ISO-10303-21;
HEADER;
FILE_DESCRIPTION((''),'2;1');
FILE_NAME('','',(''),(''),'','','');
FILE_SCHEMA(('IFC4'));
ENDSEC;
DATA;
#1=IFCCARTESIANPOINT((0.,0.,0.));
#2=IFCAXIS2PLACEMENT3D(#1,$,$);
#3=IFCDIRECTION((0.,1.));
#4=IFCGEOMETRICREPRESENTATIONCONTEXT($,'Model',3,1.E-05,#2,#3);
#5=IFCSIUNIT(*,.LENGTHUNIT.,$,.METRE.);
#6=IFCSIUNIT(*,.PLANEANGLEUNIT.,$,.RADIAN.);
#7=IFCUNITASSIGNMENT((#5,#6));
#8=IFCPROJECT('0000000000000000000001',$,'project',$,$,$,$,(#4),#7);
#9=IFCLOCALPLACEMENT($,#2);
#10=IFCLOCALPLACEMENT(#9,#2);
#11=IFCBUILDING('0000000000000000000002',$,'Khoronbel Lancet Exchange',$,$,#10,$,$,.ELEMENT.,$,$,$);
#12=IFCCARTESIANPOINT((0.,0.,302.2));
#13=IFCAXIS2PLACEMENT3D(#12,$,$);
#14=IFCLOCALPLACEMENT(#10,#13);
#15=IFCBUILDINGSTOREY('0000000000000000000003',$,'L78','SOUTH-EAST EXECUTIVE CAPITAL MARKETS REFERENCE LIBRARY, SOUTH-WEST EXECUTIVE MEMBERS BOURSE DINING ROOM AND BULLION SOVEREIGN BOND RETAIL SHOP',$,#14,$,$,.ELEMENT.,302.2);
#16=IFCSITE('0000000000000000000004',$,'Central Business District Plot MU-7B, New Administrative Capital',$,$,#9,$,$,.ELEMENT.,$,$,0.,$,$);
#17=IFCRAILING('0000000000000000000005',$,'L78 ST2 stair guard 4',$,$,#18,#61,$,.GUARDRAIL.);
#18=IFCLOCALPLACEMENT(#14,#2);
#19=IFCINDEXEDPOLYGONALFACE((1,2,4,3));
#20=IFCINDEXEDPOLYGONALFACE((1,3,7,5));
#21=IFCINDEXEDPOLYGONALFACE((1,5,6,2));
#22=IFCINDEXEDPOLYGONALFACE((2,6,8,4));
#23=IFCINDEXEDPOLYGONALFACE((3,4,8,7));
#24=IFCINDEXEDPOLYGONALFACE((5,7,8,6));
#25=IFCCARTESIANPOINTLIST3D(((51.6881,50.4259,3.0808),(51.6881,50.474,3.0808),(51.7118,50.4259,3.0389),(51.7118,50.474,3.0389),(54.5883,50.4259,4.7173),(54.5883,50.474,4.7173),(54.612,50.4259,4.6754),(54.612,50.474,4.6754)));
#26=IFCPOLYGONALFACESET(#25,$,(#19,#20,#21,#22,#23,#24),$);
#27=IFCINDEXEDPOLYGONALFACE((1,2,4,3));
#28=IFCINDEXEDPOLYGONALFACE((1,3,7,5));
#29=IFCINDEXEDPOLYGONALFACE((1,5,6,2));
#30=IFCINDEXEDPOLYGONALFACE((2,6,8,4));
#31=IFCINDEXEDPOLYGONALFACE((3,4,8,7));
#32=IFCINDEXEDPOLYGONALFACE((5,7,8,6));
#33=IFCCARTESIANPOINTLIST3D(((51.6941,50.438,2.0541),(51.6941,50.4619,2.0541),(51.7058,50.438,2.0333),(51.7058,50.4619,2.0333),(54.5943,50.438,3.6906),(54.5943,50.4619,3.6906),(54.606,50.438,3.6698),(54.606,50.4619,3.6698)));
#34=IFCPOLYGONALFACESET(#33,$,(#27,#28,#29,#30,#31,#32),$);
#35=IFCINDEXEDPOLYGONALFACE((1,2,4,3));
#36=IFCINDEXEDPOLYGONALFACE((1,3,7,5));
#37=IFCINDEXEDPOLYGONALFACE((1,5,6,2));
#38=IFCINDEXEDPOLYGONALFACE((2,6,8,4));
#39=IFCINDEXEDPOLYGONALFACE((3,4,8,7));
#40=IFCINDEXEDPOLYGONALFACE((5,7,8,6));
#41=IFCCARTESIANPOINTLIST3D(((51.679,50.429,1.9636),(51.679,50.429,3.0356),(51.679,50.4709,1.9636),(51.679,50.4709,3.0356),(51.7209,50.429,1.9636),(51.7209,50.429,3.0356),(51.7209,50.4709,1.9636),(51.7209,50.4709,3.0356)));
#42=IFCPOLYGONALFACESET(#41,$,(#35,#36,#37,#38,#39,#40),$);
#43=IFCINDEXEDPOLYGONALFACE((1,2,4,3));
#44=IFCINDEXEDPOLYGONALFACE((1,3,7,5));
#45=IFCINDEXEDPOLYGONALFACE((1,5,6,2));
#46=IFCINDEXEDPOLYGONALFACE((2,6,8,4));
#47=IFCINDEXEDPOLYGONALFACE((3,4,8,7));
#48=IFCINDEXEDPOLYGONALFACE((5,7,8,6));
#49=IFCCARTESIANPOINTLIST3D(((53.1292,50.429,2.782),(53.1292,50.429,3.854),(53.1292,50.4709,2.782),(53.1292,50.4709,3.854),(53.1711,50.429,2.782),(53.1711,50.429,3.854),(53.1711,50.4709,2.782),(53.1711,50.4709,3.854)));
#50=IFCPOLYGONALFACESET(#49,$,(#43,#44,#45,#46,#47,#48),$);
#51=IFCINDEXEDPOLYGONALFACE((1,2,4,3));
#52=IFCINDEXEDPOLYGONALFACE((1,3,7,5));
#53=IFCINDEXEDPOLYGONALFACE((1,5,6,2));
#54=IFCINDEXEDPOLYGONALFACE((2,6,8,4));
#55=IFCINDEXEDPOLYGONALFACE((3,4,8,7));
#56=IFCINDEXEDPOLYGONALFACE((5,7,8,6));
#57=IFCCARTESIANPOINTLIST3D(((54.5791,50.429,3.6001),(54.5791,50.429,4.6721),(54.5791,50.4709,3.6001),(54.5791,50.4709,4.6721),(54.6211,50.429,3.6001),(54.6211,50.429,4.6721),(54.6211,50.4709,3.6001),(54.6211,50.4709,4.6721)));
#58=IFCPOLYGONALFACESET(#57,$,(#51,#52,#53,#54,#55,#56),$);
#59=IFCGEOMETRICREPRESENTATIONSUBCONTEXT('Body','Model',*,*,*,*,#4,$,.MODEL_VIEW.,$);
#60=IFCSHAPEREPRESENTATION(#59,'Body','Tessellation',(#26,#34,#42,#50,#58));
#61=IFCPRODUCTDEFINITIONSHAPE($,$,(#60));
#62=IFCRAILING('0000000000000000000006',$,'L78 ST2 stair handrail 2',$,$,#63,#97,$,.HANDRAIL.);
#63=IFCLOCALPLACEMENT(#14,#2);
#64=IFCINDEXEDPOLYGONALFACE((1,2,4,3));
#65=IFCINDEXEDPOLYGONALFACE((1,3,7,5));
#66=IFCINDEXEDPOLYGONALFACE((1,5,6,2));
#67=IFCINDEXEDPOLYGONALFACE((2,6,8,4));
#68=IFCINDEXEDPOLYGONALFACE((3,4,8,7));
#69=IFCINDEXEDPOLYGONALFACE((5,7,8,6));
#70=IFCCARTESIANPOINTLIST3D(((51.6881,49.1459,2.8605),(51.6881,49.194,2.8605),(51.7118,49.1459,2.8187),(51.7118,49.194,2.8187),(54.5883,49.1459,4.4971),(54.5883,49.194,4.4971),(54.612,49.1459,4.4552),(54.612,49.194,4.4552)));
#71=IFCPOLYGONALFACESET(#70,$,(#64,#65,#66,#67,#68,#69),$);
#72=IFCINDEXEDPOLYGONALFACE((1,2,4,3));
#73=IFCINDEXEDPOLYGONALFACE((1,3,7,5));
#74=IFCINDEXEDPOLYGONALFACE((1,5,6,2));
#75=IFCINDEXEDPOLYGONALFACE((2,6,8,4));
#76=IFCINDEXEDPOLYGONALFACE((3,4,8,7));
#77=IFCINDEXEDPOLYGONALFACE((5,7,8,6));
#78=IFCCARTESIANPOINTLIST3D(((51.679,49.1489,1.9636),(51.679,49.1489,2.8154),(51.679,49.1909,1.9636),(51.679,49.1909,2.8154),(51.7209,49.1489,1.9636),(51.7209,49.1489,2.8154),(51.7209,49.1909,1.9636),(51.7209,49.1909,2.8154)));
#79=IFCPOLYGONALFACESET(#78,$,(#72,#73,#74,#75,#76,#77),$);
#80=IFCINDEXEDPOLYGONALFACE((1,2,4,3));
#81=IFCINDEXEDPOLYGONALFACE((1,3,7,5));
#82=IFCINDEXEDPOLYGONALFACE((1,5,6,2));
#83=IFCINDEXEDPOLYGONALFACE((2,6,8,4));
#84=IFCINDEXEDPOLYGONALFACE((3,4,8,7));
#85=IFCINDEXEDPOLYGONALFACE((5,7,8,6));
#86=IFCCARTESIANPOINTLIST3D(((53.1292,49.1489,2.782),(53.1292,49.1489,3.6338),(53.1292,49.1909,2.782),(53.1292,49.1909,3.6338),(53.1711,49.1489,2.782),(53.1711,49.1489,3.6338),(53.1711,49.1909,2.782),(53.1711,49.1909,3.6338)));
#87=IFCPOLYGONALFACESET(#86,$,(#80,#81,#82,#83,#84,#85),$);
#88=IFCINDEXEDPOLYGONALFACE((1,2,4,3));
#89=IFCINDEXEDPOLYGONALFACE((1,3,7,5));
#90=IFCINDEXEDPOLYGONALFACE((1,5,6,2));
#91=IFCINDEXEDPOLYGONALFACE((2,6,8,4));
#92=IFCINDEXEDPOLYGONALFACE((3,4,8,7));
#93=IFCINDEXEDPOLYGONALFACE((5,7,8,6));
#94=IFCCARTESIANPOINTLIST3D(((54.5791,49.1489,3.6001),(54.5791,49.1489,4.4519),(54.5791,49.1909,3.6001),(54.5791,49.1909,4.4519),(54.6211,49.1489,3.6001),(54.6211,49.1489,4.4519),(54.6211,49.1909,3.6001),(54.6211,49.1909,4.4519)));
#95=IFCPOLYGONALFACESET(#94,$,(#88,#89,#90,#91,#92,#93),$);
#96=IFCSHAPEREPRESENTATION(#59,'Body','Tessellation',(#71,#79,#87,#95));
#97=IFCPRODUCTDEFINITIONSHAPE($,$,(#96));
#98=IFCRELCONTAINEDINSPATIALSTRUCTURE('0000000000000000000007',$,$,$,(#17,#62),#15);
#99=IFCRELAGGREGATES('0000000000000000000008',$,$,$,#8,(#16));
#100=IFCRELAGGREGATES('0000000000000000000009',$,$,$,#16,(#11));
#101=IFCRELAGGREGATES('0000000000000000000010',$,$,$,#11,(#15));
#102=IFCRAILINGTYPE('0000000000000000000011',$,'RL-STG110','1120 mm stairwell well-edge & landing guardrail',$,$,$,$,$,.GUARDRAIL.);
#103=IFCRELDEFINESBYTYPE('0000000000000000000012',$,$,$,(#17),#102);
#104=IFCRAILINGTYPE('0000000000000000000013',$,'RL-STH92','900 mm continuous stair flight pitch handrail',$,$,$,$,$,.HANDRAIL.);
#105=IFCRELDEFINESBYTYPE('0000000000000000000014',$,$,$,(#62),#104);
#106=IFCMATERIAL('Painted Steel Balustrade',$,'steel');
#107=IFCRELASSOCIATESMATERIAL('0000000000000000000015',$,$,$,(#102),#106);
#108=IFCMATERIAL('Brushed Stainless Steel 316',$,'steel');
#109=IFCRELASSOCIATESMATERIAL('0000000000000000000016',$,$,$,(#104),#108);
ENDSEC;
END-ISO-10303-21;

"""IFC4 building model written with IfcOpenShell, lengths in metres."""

from ifc_helpers import new_model, si_unit, direction, frame, origin, origin_2d, place, context, subcontext, project, spatial, rectangle, extrude, material, type_object, element, save


model = new_model("IFC4")

# Units and contexts
model_context = context("Model", 3, precision=1e-05, world=origin(), true_north=direction((0.0, 1.0)))
body_context = subcontext(model_context, "Body", "Model", "MODEL_VIEW")
ifc_project = project(units=[si_unit("LENGTHUNIT", "METRE"), si_unit("PLANEANGLEUNIT", "RADIAN")], contexts=[model_context])

# Site, building, storey
site_placement = place(None, origin())
site = spatial("IfcSite", under=ifc_project, at=site_placement, Name="Central Business District Plot MU-7B, New Administrative Capital", CompositionType="ELEMENT", RefElevation=0.0)
building_placement = place(site_placement, origin())
building = spatial("IfcBuilding", under=site, at=building_placement, Name="Khoronbel Lancet Exchange", CompositionType="ELEMENT")
storey_placement = place(building_placement, frame((0.0, 0.0, 302.2)))
storey = spatial("IfcBuildingStorey", under=building, at=storey_placement, Name="L78", Description="SOUTH-EAST EXECUTIVE CAPITAL MARKETS REFERENCE LIBRARY, SOUTH-WEST EXECUTIVE MEMBERS BOURSE DINING ROOM AND BULLION SOVEREIGN BOND RETAIL SHOP", CompositionType="ELEMENT", Elevation=302.2)

# Railings
ifc_material_1 = material(Name="Painted Steel Balustrade", Category="steel")
railing_type_1 = type_object("IfcRailingType", Name="RL-STG110", Description="1120 mm stairwell well-edge & landing guardrail", PredefinedType="GUARDRAIL", material=ifc_material_1)
railing_1_placement = place(storey_placement, frame((51.7, 50.45, 1.9636)))
element("IfcRailing", 1, at=railing_1_placement, inside=storey, type_object=railing_type_1, Name="L78 ST2 stair guard 4", PredefinedType="GUARDRAIL", context=body_context, shape_type="SweptSolid", body=[
    extrude(rectangle(XDim=0.0481, YDim=0.0481, at=origin_2d()), frame((0.0, 0.0, 1.0962), z_axis=(0.870915, 0.0, 0.491434), x_axis=(0.0, 1.0, 0.0)), (0.0, 0.0, 1.0), 3.3301),
    extrude(rectangle(XDim=0.0239, YDim=0.0239, at=origin_2d()), frame((0.0, 0.0, 0.0801), z_axis=(0.870915, 0.0, 0.491434), x_axis=(0.0, 1.0, 0.0)), (0.0, 0.0, 1.0), 3.3301),
    extrude(rectangle(XDim=0.042, YDim=0.042, at=origin_2d()), origin(), (0.0, 0.0, 1.0), 1.072),
    extrude(rectangle(XDim=0.042, YDim=0.042, at=origin_2d()), frame((1.4502, 0.0, 0.8184)), (0.0, 0.0, 1.0), 1.072),
    extrude(rectangle(XDim=0.042, YDim=0.042, at=origin_2d()), frame((2.9001, 0.0, 1.6365)), (0.0, 0.0, 1.0), 1.072),
])
ifc_material_2 = material(Name="Brushed Stainless Steel 316", Category="steel")
railing_type_2 = type_object("IfcRailingType", Name="RL-STH92", Description="900 mm continuous stair flight pitch handrail", PredefinedType="HANDRAIL", material=ifc_material_2)
railing_2_placement = place(storey_placement, frame((51.7, 49.1699, 1.9636)))
element("IfcRailing", 2, at=railing_2_placement, inside=storey, type_object=railing_type_2, Name="L78 ST2 stair handrail 2", PredefinedType="HANDRAIL", context=body_context, shape_type="SweptSolid", body=[
    extrude(rectangle(XDim=0.0481, YDim=0.0481, at=origin_2d()), frame((0.0, 0.0, 0.876), z_axis=(0.870915, 0.0, 0.491434), x_axis=(0.0, 1.0, 0.0)), (0.0, 0.0, 1.0), 3.3301),
    extrude(rectangle(XDim=0.042, YDim=0.042, at=origin_2d()), origin(), (0.0, 0.0, 1.0), 0.8518),
    extrude(rectangle(XDim=0.042, YDim=0.042, at=origin_2d()), frame((1.4502, 0.0, 0.8184)), (0.0, 0.0, 1.0), 0.8518),
    extrude(rectangle(XDim=0.042, YDim=0.042, at=origin_2d()), frame((2.9001, 0.0, 1.6365)), (0.0, 0.0, 1.0), 0.8518),
])

save(model, "model.ifc")
